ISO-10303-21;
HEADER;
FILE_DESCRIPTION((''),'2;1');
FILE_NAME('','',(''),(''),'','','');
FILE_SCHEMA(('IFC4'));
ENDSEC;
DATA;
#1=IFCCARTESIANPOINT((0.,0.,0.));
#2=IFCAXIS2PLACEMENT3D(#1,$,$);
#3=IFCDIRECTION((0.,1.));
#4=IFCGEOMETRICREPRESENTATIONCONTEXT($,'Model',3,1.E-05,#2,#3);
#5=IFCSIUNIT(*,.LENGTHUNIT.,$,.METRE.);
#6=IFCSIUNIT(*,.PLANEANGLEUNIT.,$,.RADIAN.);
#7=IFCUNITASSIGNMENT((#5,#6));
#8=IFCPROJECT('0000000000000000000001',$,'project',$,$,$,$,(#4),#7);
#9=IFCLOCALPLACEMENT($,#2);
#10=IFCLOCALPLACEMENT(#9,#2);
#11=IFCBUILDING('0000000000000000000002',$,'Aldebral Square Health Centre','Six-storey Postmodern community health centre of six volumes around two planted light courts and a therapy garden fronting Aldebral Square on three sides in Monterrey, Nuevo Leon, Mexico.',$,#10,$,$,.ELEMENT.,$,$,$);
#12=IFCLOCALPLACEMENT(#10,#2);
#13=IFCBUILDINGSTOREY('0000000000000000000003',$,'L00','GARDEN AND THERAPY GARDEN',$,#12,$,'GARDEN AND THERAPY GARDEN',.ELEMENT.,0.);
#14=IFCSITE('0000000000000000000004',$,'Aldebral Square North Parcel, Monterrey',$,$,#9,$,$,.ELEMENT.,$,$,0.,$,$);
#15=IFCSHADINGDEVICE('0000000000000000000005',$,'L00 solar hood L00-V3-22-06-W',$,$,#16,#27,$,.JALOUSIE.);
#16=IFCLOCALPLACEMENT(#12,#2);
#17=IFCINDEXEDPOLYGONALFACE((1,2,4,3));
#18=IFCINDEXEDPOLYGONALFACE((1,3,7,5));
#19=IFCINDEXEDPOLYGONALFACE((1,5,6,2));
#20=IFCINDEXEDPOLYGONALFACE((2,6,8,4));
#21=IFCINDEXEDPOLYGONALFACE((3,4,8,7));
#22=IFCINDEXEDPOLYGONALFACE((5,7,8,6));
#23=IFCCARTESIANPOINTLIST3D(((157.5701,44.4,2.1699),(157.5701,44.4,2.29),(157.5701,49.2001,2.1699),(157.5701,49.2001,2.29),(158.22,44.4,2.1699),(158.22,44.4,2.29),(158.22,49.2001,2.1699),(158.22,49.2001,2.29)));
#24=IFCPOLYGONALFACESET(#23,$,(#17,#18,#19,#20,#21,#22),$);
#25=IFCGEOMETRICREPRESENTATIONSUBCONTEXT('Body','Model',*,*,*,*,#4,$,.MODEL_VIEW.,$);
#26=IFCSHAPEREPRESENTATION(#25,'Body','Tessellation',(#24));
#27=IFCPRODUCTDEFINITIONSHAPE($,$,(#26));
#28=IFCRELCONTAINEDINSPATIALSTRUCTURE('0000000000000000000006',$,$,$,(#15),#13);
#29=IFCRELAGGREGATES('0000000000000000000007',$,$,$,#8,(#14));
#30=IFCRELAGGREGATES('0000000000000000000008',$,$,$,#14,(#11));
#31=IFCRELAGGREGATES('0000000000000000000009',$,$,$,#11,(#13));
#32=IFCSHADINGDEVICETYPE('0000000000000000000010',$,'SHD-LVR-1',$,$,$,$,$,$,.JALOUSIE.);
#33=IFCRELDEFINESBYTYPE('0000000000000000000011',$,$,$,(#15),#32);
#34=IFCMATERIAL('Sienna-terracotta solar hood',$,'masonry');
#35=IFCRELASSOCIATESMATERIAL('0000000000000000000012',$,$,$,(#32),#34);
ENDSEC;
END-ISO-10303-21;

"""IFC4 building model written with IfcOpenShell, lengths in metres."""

from ifc_helpers import new_model, si_unit, direction, frame, origin, origin_2d, place, context, subcontext, project, spatial, rectangle, extrude, material, type_object, element, save


model = new_model("IFC4")

# Units and contexts
model_context = context("Model", 3, precision=1e-05, world=origin(), true_north=direction((0.0, 1.0)))
body_context = subcontext(model_context, "Body", "Model", "MODEL_VIEW")
ifc_project = project(units=[si_unit("LENGTHUNIT", "METRE"), si_unit("PLANEANGLEUNIT", "RADIAN")], contexts=[model_context])

# Site, building, storey
site_placement = place(None, origin())
site = spatial("IfcSite", under=ifc_project, at=site_placement, Name="Aldebral Square North Parcel, Monterrey", CompositionType="ELEMENT", RefElevation=0.0)
building_placement = place(site_placement, origin())
building = spatial("IfcBuilding", under=site, at=building_placement, Name="Aldebral Square Health Centre", Description="Six-storey Postmodern community health centre of six volumes around two planted light courts and a therapy garden fronting Aldebral Square on three sides in Monterrey, Nuevo Leon, Mexico.", CompositionType="ELEMENT")
storey_placement = place(building_placement, origin())
storey = spatial("IfcBuildingStorey", under=building, at=storey_placement, Name="L00", Description="GARDEN AND THERAPY GARDEN", LongName="GARDEN AND THERAPY GARDEN", CompositionType="ELEMENT", Elevation=0.0)

# Shading device
ifc_material_1 = material(Name="Sienna-terracotta solar hood", Category="masonry")
shading_device_type = type_object("IfcShadingDeviceType", Name="SHD-LVR-1", PredefinedType="JALOUSIE", material=ifc_material_1)
for number, where, z_axis, x_axis, name in (
    (1, (157.895, 46.8, 2.1699), (0.0, 0.0, 1.0), (0.0, 1.0, 0.0), "L00 solar hood L00-V3-22-06-W"),
):
    element("IfcShadingDevice", number, at=place(storey_placement, frame(where, z_axis=z_axis, x_axis=x_axis)), inside=storey, type_object=shading_device_type, Name=name, PredefinedType="JALOUSIE", context=body_context, shape_type="SweptSolid", body=[
        extrude(rectangle(XDim=4.8, YDim=0.6499, at=origin_2d()), origin(), (0.0, 0.0, 1.0), 0.1201),
    ])

save(model, "model.ifc")
